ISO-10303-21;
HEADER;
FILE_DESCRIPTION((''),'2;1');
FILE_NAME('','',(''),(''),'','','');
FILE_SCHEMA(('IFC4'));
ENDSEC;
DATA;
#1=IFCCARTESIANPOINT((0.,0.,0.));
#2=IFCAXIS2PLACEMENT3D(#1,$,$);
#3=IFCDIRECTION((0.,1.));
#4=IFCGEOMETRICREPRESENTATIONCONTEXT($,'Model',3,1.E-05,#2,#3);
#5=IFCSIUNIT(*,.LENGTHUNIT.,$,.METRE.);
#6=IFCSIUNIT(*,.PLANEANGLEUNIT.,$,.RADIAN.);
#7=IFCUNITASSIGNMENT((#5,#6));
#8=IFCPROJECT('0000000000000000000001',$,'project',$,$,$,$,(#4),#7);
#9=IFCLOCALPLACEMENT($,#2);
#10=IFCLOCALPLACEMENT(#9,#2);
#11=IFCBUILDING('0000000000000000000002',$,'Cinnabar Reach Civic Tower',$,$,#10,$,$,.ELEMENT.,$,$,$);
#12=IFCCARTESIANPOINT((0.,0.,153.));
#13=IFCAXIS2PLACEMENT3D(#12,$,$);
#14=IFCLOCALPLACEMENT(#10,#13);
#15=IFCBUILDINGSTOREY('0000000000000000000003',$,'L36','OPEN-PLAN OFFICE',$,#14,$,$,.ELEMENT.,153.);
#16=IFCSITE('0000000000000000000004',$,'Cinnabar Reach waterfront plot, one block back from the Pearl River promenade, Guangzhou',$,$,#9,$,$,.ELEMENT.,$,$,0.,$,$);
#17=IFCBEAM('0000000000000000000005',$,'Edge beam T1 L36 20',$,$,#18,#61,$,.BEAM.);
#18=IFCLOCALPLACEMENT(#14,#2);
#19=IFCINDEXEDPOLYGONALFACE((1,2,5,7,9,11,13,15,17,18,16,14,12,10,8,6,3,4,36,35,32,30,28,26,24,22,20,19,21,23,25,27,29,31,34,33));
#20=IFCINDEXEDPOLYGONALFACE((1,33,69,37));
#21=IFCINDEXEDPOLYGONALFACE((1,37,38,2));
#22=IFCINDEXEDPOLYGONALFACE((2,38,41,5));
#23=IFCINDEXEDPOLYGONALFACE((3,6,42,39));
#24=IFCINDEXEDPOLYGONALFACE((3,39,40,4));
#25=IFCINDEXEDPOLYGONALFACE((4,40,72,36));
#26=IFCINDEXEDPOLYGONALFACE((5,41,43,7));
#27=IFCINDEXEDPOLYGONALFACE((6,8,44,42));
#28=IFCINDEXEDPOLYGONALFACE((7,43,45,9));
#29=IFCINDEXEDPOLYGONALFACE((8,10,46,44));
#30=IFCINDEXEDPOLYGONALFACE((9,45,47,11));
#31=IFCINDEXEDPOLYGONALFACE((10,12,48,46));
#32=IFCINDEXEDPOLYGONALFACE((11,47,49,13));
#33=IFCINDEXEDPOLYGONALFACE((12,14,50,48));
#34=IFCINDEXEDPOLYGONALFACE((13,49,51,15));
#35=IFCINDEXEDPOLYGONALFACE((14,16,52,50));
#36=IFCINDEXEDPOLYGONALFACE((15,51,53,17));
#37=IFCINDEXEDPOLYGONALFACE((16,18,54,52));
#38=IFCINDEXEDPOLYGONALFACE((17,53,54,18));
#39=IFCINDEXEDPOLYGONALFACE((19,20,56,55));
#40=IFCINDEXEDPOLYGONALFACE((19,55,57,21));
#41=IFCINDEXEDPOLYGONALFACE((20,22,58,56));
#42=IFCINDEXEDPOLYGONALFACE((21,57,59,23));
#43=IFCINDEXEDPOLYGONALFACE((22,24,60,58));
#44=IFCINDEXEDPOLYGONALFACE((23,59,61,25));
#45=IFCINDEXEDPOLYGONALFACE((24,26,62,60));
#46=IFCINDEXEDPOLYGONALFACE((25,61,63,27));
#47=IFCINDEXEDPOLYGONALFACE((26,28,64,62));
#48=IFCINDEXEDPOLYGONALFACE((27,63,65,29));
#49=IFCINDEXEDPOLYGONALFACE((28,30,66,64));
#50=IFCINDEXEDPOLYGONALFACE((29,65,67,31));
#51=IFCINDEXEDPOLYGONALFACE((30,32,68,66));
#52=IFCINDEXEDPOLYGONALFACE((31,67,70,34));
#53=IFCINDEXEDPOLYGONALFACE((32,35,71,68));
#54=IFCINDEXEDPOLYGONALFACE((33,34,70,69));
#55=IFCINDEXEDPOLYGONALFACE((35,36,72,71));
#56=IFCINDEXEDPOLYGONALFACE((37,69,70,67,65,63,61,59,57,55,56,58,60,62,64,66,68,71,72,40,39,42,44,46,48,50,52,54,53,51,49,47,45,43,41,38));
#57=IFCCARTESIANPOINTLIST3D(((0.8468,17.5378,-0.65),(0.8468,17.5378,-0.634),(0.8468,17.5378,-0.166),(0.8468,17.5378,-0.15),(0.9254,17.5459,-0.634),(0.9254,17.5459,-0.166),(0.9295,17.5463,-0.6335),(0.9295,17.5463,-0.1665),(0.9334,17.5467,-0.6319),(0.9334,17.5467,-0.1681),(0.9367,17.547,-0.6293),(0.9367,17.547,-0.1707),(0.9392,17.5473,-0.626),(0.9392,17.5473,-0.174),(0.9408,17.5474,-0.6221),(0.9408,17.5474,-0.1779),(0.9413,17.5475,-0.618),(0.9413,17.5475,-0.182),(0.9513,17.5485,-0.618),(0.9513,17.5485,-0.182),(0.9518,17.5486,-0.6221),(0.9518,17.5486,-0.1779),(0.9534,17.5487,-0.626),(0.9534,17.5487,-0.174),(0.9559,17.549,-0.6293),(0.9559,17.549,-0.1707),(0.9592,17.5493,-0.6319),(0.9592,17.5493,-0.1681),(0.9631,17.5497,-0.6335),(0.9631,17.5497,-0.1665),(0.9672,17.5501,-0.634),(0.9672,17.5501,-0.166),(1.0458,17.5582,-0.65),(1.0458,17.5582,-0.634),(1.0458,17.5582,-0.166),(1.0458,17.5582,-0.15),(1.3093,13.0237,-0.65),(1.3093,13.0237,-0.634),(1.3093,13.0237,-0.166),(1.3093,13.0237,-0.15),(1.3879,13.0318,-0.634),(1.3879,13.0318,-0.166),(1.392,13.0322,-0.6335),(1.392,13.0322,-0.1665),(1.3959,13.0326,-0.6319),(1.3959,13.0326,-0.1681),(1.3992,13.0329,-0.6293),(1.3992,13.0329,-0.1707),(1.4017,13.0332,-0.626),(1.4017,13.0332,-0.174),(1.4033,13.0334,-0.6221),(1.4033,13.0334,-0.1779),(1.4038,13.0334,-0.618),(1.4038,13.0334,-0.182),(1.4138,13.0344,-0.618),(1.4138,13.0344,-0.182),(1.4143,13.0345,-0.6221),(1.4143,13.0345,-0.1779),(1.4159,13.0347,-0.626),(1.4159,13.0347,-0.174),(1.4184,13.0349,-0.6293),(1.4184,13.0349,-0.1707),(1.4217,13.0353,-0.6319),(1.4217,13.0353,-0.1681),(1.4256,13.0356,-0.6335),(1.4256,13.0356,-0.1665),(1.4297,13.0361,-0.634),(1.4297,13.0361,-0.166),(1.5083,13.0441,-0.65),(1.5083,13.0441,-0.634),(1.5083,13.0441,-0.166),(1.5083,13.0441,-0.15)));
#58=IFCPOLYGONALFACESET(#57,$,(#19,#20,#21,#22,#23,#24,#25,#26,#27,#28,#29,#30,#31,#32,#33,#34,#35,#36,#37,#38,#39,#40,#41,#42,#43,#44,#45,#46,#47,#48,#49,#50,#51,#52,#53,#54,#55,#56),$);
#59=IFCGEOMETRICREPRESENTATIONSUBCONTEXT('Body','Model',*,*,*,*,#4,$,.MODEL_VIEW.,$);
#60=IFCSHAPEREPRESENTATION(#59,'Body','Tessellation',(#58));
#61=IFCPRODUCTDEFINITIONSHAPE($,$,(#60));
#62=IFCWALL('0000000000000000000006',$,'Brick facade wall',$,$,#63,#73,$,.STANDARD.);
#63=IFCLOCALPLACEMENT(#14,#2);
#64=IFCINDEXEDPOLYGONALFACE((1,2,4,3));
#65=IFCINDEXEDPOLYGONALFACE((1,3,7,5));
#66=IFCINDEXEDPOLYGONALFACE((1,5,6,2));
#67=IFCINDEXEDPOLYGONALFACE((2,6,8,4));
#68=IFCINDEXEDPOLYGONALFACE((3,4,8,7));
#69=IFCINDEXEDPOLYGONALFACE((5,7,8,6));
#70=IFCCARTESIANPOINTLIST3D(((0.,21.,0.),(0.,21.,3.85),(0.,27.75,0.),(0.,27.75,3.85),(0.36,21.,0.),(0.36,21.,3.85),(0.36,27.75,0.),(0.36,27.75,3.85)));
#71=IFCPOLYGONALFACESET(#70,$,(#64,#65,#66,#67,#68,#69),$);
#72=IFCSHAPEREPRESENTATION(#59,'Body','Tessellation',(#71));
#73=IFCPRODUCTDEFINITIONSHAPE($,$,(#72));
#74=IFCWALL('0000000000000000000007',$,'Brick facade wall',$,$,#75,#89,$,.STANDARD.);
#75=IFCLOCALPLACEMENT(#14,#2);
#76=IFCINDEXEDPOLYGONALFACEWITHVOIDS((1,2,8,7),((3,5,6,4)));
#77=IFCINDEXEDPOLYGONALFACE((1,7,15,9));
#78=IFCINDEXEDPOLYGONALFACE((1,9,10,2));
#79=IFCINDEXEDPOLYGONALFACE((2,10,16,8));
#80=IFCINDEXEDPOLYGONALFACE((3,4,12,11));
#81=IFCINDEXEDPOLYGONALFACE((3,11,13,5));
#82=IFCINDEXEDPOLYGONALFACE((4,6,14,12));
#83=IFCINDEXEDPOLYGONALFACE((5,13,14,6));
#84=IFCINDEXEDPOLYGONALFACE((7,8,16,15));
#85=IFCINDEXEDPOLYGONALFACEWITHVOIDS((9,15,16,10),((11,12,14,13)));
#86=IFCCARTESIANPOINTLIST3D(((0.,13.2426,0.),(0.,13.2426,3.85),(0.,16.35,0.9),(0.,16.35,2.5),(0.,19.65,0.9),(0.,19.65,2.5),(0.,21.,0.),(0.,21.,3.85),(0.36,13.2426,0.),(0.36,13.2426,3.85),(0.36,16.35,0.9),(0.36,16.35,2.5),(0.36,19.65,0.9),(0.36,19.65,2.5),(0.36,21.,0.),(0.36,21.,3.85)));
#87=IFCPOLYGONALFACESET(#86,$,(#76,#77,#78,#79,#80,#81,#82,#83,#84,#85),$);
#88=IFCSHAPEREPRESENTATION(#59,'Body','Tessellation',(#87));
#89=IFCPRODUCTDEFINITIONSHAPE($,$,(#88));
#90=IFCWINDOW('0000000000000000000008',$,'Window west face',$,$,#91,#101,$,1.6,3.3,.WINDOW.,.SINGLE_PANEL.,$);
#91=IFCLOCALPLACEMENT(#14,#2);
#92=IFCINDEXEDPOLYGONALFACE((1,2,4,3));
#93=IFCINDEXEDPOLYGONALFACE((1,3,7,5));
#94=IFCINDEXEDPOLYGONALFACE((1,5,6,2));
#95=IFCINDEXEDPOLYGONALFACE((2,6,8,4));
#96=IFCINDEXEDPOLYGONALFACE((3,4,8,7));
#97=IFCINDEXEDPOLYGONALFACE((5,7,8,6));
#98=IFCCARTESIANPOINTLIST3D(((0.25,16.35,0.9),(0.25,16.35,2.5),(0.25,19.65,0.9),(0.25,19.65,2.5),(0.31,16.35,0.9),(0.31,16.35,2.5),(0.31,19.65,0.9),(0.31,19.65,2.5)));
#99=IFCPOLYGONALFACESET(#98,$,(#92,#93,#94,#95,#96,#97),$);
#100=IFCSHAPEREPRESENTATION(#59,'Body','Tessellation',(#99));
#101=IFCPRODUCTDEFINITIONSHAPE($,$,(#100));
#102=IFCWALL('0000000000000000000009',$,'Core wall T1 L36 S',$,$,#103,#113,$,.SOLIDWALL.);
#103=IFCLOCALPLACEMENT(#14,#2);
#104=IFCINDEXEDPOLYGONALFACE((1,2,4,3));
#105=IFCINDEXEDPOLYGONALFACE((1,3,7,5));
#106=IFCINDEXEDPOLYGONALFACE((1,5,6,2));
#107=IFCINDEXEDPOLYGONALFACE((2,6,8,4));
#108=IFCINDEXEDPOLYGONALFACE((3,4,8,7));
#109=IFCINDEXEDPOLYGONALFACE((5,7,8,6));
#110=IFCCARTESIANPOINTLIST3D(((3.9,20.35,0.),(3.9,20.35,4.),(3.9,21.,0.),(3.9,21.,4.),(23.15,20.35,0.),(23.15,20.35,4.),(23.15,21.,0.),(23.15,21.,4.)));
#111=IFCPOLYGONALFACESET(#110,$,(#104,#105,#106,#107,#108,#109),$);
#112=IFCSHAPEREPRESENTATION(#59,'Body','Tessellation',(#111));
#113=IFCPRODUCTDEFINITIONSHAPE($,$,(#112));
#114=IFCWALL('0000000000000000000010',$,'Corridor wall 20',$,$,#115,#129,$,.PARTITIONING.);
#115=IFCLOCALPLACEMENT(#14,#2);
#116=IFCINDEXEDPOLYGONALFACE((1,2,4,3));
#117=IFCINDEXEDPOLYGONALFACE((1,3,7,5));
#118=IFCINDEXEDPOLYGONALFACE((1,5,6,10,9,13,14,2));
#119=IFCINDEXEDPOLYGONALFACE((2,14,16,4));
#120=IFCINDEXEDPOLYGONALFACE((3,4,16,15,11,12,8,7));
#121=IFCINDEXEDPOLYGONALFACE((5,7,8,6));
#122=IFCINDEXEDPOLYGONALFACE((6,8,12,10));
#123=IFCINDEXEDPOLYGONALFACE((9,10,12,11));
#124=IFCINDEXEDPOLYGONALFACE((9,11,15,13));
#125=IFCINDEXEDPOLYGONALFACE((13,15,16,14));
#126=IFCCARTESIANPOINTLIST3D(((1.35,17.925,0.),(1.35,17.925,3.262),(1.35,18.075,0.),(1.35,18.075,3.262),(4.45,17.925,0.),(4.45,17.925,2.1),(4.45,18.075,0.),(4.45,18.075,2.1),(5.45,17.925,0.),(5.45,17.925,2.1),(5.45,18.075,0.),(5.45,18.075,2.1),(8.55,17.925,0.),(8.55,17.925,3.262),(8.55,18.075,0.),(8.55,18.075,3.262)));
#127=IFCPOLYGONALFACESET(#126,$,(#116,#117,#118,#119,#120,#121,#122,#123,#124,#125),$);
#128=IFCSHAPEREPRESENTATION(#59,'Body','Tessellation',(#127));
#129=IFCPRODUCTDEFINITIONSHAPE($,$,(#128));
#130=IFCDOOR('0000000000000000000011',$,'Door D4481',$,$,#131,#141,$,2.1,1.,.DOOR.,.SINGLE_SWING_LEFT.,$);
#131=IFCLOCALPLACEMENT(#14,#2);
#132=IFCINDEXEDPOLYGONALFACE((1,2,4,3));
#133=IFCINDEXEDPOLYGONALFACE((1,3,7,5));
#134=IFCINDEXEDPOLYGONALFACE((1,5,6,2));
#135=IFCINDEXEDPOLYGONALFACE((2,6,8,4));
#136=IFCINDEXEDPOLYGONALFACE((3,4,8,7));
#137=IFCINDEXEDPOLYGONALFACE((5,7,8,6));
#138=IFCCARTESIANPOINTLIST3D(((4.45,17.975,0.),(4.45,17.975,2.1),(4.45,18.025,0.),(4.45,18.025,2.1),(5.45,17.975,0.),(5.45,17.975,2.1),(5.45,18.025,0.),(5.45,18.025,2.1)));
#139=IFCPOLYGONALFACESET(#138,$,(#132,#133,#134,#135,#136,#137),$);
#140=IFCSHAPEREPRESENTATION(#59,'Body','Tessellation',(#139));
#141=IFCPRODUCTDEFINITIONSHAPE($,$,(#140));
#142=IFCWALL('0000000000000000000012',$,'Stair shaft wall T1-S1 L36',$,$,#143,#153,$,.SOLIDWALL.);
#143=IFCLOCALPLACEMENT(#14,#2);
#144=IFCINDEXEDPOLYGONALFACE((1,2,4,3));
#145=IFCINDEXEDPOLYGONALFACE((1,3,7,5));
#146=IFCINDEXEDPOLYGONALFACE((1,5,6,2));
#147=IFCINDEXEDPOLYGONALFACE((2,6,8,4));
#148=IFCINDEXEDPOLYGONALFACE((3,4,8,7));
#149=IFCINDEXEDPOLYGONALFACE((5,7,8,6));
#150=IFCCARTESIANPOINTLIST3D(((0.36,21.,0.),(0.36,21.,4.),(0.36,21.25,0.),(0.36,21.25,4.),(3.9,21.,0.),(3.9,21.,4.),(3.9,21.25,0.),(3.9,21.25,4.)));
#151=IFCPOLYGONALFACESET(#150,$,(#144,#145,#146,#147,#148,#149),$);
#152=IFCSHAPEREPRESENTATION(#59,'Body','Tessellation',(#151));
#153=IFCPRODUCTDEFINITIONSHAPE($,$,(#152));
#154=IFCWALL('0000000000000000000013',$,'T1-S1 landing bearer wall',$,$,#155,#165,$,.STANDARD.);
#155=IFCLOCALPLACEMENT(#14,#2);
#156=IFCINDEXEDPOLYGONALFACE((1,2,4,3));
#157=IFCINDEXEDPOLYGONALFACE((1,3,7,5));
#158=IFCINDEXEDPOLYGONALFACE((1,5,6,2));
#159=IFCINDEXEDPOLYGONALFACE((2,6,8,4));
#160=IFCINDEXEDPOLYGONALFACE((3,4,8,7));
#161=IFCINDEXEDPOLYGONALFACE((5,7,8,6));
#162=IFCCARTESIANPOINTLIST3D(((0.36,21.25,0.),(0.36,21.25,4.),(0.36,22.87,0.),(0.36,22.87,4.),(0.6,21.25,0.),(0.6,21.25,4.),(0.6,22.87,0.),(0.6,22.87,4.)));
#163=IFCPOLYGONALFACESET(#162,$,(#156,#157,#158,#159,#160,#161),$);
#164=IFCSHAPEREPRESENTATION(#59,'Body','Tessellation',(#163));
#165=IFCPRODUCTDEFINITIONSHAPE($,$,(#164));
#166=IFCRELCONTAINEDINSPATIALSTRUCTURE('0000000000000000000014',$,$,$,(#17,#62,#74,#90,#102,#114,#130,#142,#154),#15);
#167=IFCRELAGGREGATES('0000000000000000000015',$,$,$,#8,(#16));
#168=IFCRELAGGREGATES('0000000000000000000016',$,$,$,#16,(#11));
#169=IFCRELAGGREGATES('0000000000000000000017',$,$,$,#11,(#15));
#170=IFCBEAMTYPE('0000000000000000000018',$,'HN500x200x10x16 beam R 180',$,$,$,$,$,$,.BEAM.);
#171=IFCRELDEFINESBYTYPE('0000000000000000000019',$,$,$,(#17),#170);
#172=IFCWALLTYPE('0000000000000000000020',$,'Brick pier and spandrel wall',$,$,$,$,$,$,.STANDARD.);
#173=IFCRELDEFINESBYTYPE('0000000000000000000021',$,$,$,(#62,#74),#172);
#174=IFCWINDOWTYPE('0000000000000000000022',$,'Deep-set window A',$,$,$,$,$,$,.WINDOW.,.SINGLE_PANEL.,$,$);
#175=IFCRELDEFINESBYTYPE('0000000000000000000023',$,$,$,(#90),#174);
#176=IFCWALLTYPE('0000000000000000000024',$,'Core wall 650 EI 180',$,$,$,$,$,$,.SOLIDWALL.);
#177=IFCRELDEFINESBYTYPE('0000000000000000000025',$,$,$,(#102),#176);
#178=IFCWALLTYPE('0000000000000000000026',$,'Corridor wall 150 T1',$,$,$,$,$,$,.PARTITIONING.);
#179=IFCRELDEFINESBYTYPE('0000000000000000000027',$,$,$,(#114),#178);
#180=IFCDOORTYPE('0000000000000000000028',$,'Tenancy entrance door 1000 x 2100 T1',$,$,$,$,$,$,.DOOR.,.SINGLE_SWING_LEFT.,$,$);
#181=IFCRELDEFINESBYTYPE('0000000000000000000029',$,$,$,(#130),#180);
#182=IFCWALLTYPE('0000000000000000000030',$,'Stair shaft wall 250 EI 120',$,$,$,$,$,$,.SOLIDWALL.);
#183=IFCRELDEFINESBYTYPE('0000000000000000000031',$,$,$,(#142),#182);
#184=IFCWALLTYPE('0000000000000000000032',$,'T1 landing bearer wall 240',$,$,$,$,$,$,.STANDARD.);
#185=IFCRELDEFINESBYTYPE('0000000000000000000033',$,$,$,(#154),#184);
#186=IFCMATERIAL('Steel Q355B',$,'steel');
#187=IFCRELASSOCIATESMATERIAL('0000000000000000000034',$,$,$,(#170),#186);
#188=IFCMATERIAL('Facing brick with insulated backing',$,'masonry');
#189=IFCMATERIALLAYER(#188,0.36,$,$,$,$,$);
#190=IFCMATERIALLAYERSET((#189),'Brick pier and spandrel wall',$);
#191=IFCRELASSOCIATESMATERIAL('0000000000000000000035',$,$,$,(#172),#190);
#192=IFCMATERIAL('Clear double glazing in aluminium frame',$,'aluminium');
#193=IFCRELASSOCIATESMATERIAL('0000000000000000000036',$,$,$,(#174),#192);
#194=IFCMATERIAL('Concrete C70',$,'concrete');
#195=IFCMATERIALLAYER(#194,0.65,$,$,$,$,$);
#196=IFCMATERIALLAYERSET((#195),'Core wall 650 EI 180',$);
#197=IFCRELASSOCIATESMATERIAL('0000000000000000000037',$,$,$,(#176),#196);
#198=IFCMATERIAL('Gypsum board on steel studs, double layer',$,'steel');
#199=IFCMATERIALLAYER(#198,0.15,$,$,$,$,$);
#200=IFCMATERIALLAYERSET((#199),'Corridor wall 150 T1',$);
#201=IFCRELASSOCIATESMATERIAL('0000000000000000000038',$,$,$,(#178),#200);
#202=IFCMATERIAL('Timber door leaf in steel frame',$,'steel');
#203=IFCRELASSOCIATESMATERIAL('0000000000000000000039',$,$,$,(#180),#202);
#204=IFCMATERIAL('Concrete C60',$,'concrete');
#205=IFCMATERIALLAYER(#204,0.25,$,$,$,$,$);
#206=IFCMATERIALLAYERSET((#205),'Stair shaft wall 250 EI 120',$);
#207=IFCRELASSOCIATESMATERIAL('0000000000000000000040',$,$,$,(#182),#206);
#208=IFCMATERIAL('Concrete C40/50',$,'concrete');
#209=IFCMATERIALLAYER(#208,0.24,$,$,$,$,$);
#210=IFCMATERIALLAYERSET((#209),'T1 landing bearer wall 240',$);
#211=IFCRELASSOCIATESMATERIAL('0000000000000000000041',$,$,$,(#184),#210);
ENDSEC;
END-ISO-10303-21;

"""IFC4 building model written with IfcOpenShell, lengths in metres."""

from ifc_helpers import new_model, si_unit, direction, frame, frame_2d, origin, origin_2d, place, context, subcontext, project, spatial, rectangle, i_section, extrude, material, layer, layer_set, material_profile, profile_set, type_object, element, fill, save


model = new_model("IFC4")

# Units and contexts
model_context = context("Model", 3, precision=1e-05, world=origin(), true_north=direction((0.0, 1.0)))
body_context = subcontext(model_context, "Body", "Model", "MODEL_VIEW")
ifc_project = project(units=[si_unit("LENGTHUNIT", "METRE"), si_unit("PLANEANGLEUNIT", "RADIAN")], contexts=[model_context])

# Site, building, storey
site_placement = place(None, origin())
site = spatial("IfcSite", under=ifc_project, at=site_placement, Name="Cinnabar Reach waterfront plot, one block back from the Pearl River promenade, Guangzhou", CompositionType="ELEMENT", RefElevation=0.0)
building_placement = place(site_placement, origin())
building = spatial("IfcBuilding", under=site, at=building_placement, Name="Cinnabar Reach Civic Tower", CompositionType="ELEMENT")
storey_placement = place(building_placement, frame((0.0, 0.0, 153.0)))
storey = spatial("IfcBuildingStorey", under=building, at=storey_placement, Name="L36", Description="OPEN-PLAN OFFICE", CompositionType="ELEMENT", Elevation=153.0)

# Shared definitions
ifc_material_1 = material(Name="Concrete C70", Category="concrete")

# Beam
ifc_material_2 = material(Name="Steel Q355B", Category="steel")
ifc_material_profile_1 = material_profile(ifc_material_2, i_section(OverallWidth=0.2, OverallDepth=0.5, WebThickness=0.01, FlangeThickness=0.016, FilletRadius=0.016, at=origin_2d()), Name="HN500x200x10x16")
ifc_profile_set_1 = profile_set([ifc_material_profile_1], Name="Steel Q355B")
beam_type_1 = type_object("IfcBeamType", Name="HN500x200x10x16 beam R 180", PredefinedType="BEAM", material=ifc_profile_set_1)
beam_1_placement = place(storey_placement, frame((0.9463, 17.548, -0.4), z_axis=(0.101923, -0.994792, 0.0), x_axis=(0.994792, 0.101923, 0.0)))
element("IfcBeam", 1, at=beam_1_placement, inside=storey, type_object=beam_type_1, Name="Edge beam T1 L36 20", PredefinedType="BEAM", context=body_context, shape_type="SweptSolid", body=[
    extrude(i_section(OverallWidth=0.2, OverallDepth=0.5, WebThickness=0.01, FlangeThickness=0.016, FilletRadius=0.016, at=origin_2d()), origin(), (0.0, 0.0, 1.0), 4.5377),
])

# Wall
ifc_material_3 = material(Name="Facing brick with insulated backing", Category="masonry")
ifc_layer_1 = layer(ifc_material_3, 0.36)
ifc_layer_set_1 = layer_set([ifc_layer_1], Name="Brick pier and spandrel wall")
wall_type_1 = type_object("IfcWallType", Name="Brick pier and spandrel wall", PredefinedType="STANDARD", material=ifc_layer_set_1)
wall_1_placement = place(storey_placement, frame((0.18, 27.75, 0.0), z_axis=(0.0, 0.0, 1.0), x_axis=(0.0, -1.0, 0.0)))
element("IfcWall", 2, at=wall_1_placement, inside=storey, type_object=wall_type_1, Name="Brick facade wall", PredefinedType="STANDARD", context=body_context, shape_type="SweptSolid", body=[
    extrude(rectangle(XDim=6.75, YDim=0.36, at=frame_2d((3.375, 0.0))), origin(), (0.0, 0.0, 1.0), 3.85),
])

# Wall, opening, window
wall_2_placement = place(storey_placement, frame((0.18, 21.0, 0.0), z_axis=(0.0, 0.0, 1.0), x_axis=(0.0, -1.0, 0.0)))
wall_2 = element("IfcWall", 3, at=wall_2_placement, inside=storey, type_object=wall_type_1, Name="Brick facade wall", PredefinedType="STANDARD", context=body_context, shape_type="SweptSolid", body=[
    extrude(rectangle(XDim=7.7574, YDim=0.36, at=frame_2d((3.8787, 0.0))), origin(), (0.0, 0.0, 1.0), 3.85),
])
opening_1_placement = place(wall_2_placement, frame((1.35, 0.0, 0.9)))
opening_1 = element("IfcOpeningElement", 4, at=opening_1_placement, cuts=wall_2, PredefinedType="OPENING", context=body_context, shape_type="SweptSolid", body=[
    extrude(rectangle(XDim=3.3, YDim=1.6, at=frame_2d((1.65, 0.8))), frame((0.0, 0.19, 0.0), z_axis=(0.0, -1.0, 0.0), x_axis=(1.0, 0.0, 0.0)), (0.0, 0.0, 1.0), 0.38),
])
ifc_material_4 = material(Name="Clear double glazing in aluminium frame", Category="aluminium")
window_type = type_object("IfcWindowType", Name="Deep-set window A", PartitioningType="SINGLE_PANEL", PredefinedType="WINDOW", material=ifc_material_4)
window_placement = place(opening_1_placement, origin())
window = element("IfcWindow", 5, at=window_placement, inside=storey, type_object=window_type, Name="Window west face", OverallHeight=1.6, OverallWidth=3.3, PartitioningType="SINGLE_PANEL", PredefinedType="WINDOW", context=body_context, shape_type="SweptSolid", body=[
    extrude(rectangle(XDim=3.3, YDim=1.6, at=frame_2d((1.65, 0.8))), frame((0.0, 0.13, 0.0), z_axis=(0.0, -1.0, 0.0), x_axis=(1.0, 0.0, 0.0)), (0.0, 0.0, 1.0), 0.06),
])
fill(opening_1, window)

# Wall
ifc_layer_2 = layer(ifc_material_1, 0.65)
ifc_layer_set_2 = layer_set([ifc_layer_2], Name="Core wall 650 EI 180")
wall_type_2 = type_object("IfcWallType", Name="Core wall 650 EI 180", PredefinedType="SOLIDWALL", material=ifc_layer_set_2)
wall_3_placement = place(storey_placement, frame((3.9, 20.675, 0.0), z_axis=(0.0, 0.0, 1.0), x_axis=(1.0, 0.0, 0.0)))
element("IfcWall", 6, at=wall_3_placement, inside=storey, type_object=wall_type_2, Name="Core wall T1 L36 S", PredefinedType="SOLIDWALL", context=body_context, shape_type="SweptSolid", body=[
    extrude(rectangle(XDim=19.25, YDim=0.65, at=frame_2d((9.625, 0.0))), origin(), (0.0, 0.0, 1.0), 4.0),
])

# Wall, opening, door
ifc_material_5 = material(Name="Gypsum board on steel studs, double layer", Category="steel")
ifc_layer_3 = layer(ifc_material_5, 0.15)
ifc_layer_set_3 = layer_set([ifc_layer_3], Name="Corridor wall 150 T1")
wall_type_3 = type_object("IfcWallType", Name="Corridor wall 150 T1", PredefinedType="PARTITIONING", material=ifc_layer_set_3)
wall_4_placement = place(storey_placement, frame((1.35, 18.0, 0.0), z_axis=(0.0, 0.0, 1.0), x_axis=(1.0, 0.0, 0.0)))
wall_4 = element("IfcWall", 7, at=wall_4_placement, inside=storey, type_object=wall_type_3, Name="Corridor wall 20", PredefinedType="PARTITIONING", context=body_context, shape_type="SweptSolid", body=[
    extrude(rectangle(XDim=7.2, YDim=0.15, at=frame_2d((3.6, 0.0))), origin(), (0.0, 0.0, 1.0), 3.262),
])
opening_2_placement = place(wall_4_placement, frame((3.1, 0.0, 0.0)))
opening_2 = element("IfcOpeningElement", 8, at=opening_2_placement, cuts=wall_4, PredefinedType="OPENING", context=body_context, shape_type="SweptSolid", body=[
    extrude(rectangle(XDim=1.0, YDim=2.1, at=frame_2d((0.5, 1.05))), frame((0.0, 0.085, 0.0), z_axis=(0.0, -1.0, 0.0), x_axis=(1.0, 0.0, 0.0)), (0.0, 0.0, 1.0), 0.17),
])
ifc_material_6 = material(Name="Timber door leaf in steel frame", Category="steel")
door_type = type_object("IfcDoorType", Name="Tenancy entrance door 1000 x 2100 T1", OperationType="SINGLE_SWING_LEFT", PredefinedType="DOOR", material=ifc_material_6)
door_placement = place(opening_2_placement, frame((1.0, 0.0, 0.0), z_axis=(0.0, 0.0, 1.0), x_axis=(-1.0, 0.0, 0.0)))
door = element("IfcDoor", 9, at=door_placement, inside=storey, type_object=door_type, Name="Door D4481", OperationType="SINGLE_SWING_LEFT", OverallHeight=2.1, OverallWidth=1.0, PredefinedType="DOOR", context=body_context, shape_type="SweptSolid", body=[
    extrude(rectangle(XDim=1.0, YDim=2.1, at=frame_2d((0.5, 1.05))), frame((0.0, 0.025, 0.0), z_axis=(0.0, -1.0, 0.0), x_axis=(1.0, 0.0, 0.0)), (0.0, 0.0, 1.0), 0.05),
])
fill(opening_2, door)

# Walls
ifc_material_7 = material(Name="Concrete C60", Category="concrete")
ifc_layer_4 = layer(ifc_material_7, 0.25)
ifc_layer_set_4 = layer_set([ifc_layer_4], Name="Stair shaft wall 250 EI 120")
wall_type_4 = type_object("IfcWallType", Name="Stair shaft wall 250 EI 120", PredefinedType="SOLIDWALL", material=ifc_layer_set_4)
wall_5_placement = place(storey_placement, frame((0.36, 21.125, 0.0), z_axis=(0.0, 0.0, 1.0), x_axis=(1.0, 0.0, 0.0)))
element("IfcWall", 10, at=wall_5_placement, inside=storey, type_object=wall_type_4, Name="Stair shaft wall T1-S1 L36", PredefinedType="SOLIDWALL", context=body_context, shape_type="SweptSolid", body=[
    extrude(rectangle(XDim=3.54, YDim=0.25, at=frame_2d((1.77, 0.0))), origin(), (0.0, 0.0, 1.0), 4.0),
])
ifc_material_8 = material(Name="Concrete C40/50", Category="concrete")
ifc_layer_5 = layer(ifc_material_8, 0.24)
ifc_layer_set_5 = layer_set([ifc_layer_5], Name="T1 landing bearer wall 240")
wall_type_5 = type_object("IfcWallType", Name="T1 landing bearer wall 240", PredefinedType="STANDARD", material=ifc_layer_set_5)
wall_6_placement = place(storey_placement, frame((0.48, 21.25, 0.0), z_axis=(0.0, 0.0, 1.0), x_axis=(0.0, 1.0, 0.0)))
element("IfcWall", 11, at=wall_6_placement, inside=storey, type_object=wall_type_5, Name="T1-S1 landing bearer wall", PredefinedType="STANDARD", context=body_context, shape_type="SweptSolid", body=[
    extrude(rectangle(XDim=1.62, YDim=0.24, at=frame_2d((0.81, 0.0))), origin(), (0.0, 0.0, 1.0), 4.0),
])

save(model, "model.ifc")
